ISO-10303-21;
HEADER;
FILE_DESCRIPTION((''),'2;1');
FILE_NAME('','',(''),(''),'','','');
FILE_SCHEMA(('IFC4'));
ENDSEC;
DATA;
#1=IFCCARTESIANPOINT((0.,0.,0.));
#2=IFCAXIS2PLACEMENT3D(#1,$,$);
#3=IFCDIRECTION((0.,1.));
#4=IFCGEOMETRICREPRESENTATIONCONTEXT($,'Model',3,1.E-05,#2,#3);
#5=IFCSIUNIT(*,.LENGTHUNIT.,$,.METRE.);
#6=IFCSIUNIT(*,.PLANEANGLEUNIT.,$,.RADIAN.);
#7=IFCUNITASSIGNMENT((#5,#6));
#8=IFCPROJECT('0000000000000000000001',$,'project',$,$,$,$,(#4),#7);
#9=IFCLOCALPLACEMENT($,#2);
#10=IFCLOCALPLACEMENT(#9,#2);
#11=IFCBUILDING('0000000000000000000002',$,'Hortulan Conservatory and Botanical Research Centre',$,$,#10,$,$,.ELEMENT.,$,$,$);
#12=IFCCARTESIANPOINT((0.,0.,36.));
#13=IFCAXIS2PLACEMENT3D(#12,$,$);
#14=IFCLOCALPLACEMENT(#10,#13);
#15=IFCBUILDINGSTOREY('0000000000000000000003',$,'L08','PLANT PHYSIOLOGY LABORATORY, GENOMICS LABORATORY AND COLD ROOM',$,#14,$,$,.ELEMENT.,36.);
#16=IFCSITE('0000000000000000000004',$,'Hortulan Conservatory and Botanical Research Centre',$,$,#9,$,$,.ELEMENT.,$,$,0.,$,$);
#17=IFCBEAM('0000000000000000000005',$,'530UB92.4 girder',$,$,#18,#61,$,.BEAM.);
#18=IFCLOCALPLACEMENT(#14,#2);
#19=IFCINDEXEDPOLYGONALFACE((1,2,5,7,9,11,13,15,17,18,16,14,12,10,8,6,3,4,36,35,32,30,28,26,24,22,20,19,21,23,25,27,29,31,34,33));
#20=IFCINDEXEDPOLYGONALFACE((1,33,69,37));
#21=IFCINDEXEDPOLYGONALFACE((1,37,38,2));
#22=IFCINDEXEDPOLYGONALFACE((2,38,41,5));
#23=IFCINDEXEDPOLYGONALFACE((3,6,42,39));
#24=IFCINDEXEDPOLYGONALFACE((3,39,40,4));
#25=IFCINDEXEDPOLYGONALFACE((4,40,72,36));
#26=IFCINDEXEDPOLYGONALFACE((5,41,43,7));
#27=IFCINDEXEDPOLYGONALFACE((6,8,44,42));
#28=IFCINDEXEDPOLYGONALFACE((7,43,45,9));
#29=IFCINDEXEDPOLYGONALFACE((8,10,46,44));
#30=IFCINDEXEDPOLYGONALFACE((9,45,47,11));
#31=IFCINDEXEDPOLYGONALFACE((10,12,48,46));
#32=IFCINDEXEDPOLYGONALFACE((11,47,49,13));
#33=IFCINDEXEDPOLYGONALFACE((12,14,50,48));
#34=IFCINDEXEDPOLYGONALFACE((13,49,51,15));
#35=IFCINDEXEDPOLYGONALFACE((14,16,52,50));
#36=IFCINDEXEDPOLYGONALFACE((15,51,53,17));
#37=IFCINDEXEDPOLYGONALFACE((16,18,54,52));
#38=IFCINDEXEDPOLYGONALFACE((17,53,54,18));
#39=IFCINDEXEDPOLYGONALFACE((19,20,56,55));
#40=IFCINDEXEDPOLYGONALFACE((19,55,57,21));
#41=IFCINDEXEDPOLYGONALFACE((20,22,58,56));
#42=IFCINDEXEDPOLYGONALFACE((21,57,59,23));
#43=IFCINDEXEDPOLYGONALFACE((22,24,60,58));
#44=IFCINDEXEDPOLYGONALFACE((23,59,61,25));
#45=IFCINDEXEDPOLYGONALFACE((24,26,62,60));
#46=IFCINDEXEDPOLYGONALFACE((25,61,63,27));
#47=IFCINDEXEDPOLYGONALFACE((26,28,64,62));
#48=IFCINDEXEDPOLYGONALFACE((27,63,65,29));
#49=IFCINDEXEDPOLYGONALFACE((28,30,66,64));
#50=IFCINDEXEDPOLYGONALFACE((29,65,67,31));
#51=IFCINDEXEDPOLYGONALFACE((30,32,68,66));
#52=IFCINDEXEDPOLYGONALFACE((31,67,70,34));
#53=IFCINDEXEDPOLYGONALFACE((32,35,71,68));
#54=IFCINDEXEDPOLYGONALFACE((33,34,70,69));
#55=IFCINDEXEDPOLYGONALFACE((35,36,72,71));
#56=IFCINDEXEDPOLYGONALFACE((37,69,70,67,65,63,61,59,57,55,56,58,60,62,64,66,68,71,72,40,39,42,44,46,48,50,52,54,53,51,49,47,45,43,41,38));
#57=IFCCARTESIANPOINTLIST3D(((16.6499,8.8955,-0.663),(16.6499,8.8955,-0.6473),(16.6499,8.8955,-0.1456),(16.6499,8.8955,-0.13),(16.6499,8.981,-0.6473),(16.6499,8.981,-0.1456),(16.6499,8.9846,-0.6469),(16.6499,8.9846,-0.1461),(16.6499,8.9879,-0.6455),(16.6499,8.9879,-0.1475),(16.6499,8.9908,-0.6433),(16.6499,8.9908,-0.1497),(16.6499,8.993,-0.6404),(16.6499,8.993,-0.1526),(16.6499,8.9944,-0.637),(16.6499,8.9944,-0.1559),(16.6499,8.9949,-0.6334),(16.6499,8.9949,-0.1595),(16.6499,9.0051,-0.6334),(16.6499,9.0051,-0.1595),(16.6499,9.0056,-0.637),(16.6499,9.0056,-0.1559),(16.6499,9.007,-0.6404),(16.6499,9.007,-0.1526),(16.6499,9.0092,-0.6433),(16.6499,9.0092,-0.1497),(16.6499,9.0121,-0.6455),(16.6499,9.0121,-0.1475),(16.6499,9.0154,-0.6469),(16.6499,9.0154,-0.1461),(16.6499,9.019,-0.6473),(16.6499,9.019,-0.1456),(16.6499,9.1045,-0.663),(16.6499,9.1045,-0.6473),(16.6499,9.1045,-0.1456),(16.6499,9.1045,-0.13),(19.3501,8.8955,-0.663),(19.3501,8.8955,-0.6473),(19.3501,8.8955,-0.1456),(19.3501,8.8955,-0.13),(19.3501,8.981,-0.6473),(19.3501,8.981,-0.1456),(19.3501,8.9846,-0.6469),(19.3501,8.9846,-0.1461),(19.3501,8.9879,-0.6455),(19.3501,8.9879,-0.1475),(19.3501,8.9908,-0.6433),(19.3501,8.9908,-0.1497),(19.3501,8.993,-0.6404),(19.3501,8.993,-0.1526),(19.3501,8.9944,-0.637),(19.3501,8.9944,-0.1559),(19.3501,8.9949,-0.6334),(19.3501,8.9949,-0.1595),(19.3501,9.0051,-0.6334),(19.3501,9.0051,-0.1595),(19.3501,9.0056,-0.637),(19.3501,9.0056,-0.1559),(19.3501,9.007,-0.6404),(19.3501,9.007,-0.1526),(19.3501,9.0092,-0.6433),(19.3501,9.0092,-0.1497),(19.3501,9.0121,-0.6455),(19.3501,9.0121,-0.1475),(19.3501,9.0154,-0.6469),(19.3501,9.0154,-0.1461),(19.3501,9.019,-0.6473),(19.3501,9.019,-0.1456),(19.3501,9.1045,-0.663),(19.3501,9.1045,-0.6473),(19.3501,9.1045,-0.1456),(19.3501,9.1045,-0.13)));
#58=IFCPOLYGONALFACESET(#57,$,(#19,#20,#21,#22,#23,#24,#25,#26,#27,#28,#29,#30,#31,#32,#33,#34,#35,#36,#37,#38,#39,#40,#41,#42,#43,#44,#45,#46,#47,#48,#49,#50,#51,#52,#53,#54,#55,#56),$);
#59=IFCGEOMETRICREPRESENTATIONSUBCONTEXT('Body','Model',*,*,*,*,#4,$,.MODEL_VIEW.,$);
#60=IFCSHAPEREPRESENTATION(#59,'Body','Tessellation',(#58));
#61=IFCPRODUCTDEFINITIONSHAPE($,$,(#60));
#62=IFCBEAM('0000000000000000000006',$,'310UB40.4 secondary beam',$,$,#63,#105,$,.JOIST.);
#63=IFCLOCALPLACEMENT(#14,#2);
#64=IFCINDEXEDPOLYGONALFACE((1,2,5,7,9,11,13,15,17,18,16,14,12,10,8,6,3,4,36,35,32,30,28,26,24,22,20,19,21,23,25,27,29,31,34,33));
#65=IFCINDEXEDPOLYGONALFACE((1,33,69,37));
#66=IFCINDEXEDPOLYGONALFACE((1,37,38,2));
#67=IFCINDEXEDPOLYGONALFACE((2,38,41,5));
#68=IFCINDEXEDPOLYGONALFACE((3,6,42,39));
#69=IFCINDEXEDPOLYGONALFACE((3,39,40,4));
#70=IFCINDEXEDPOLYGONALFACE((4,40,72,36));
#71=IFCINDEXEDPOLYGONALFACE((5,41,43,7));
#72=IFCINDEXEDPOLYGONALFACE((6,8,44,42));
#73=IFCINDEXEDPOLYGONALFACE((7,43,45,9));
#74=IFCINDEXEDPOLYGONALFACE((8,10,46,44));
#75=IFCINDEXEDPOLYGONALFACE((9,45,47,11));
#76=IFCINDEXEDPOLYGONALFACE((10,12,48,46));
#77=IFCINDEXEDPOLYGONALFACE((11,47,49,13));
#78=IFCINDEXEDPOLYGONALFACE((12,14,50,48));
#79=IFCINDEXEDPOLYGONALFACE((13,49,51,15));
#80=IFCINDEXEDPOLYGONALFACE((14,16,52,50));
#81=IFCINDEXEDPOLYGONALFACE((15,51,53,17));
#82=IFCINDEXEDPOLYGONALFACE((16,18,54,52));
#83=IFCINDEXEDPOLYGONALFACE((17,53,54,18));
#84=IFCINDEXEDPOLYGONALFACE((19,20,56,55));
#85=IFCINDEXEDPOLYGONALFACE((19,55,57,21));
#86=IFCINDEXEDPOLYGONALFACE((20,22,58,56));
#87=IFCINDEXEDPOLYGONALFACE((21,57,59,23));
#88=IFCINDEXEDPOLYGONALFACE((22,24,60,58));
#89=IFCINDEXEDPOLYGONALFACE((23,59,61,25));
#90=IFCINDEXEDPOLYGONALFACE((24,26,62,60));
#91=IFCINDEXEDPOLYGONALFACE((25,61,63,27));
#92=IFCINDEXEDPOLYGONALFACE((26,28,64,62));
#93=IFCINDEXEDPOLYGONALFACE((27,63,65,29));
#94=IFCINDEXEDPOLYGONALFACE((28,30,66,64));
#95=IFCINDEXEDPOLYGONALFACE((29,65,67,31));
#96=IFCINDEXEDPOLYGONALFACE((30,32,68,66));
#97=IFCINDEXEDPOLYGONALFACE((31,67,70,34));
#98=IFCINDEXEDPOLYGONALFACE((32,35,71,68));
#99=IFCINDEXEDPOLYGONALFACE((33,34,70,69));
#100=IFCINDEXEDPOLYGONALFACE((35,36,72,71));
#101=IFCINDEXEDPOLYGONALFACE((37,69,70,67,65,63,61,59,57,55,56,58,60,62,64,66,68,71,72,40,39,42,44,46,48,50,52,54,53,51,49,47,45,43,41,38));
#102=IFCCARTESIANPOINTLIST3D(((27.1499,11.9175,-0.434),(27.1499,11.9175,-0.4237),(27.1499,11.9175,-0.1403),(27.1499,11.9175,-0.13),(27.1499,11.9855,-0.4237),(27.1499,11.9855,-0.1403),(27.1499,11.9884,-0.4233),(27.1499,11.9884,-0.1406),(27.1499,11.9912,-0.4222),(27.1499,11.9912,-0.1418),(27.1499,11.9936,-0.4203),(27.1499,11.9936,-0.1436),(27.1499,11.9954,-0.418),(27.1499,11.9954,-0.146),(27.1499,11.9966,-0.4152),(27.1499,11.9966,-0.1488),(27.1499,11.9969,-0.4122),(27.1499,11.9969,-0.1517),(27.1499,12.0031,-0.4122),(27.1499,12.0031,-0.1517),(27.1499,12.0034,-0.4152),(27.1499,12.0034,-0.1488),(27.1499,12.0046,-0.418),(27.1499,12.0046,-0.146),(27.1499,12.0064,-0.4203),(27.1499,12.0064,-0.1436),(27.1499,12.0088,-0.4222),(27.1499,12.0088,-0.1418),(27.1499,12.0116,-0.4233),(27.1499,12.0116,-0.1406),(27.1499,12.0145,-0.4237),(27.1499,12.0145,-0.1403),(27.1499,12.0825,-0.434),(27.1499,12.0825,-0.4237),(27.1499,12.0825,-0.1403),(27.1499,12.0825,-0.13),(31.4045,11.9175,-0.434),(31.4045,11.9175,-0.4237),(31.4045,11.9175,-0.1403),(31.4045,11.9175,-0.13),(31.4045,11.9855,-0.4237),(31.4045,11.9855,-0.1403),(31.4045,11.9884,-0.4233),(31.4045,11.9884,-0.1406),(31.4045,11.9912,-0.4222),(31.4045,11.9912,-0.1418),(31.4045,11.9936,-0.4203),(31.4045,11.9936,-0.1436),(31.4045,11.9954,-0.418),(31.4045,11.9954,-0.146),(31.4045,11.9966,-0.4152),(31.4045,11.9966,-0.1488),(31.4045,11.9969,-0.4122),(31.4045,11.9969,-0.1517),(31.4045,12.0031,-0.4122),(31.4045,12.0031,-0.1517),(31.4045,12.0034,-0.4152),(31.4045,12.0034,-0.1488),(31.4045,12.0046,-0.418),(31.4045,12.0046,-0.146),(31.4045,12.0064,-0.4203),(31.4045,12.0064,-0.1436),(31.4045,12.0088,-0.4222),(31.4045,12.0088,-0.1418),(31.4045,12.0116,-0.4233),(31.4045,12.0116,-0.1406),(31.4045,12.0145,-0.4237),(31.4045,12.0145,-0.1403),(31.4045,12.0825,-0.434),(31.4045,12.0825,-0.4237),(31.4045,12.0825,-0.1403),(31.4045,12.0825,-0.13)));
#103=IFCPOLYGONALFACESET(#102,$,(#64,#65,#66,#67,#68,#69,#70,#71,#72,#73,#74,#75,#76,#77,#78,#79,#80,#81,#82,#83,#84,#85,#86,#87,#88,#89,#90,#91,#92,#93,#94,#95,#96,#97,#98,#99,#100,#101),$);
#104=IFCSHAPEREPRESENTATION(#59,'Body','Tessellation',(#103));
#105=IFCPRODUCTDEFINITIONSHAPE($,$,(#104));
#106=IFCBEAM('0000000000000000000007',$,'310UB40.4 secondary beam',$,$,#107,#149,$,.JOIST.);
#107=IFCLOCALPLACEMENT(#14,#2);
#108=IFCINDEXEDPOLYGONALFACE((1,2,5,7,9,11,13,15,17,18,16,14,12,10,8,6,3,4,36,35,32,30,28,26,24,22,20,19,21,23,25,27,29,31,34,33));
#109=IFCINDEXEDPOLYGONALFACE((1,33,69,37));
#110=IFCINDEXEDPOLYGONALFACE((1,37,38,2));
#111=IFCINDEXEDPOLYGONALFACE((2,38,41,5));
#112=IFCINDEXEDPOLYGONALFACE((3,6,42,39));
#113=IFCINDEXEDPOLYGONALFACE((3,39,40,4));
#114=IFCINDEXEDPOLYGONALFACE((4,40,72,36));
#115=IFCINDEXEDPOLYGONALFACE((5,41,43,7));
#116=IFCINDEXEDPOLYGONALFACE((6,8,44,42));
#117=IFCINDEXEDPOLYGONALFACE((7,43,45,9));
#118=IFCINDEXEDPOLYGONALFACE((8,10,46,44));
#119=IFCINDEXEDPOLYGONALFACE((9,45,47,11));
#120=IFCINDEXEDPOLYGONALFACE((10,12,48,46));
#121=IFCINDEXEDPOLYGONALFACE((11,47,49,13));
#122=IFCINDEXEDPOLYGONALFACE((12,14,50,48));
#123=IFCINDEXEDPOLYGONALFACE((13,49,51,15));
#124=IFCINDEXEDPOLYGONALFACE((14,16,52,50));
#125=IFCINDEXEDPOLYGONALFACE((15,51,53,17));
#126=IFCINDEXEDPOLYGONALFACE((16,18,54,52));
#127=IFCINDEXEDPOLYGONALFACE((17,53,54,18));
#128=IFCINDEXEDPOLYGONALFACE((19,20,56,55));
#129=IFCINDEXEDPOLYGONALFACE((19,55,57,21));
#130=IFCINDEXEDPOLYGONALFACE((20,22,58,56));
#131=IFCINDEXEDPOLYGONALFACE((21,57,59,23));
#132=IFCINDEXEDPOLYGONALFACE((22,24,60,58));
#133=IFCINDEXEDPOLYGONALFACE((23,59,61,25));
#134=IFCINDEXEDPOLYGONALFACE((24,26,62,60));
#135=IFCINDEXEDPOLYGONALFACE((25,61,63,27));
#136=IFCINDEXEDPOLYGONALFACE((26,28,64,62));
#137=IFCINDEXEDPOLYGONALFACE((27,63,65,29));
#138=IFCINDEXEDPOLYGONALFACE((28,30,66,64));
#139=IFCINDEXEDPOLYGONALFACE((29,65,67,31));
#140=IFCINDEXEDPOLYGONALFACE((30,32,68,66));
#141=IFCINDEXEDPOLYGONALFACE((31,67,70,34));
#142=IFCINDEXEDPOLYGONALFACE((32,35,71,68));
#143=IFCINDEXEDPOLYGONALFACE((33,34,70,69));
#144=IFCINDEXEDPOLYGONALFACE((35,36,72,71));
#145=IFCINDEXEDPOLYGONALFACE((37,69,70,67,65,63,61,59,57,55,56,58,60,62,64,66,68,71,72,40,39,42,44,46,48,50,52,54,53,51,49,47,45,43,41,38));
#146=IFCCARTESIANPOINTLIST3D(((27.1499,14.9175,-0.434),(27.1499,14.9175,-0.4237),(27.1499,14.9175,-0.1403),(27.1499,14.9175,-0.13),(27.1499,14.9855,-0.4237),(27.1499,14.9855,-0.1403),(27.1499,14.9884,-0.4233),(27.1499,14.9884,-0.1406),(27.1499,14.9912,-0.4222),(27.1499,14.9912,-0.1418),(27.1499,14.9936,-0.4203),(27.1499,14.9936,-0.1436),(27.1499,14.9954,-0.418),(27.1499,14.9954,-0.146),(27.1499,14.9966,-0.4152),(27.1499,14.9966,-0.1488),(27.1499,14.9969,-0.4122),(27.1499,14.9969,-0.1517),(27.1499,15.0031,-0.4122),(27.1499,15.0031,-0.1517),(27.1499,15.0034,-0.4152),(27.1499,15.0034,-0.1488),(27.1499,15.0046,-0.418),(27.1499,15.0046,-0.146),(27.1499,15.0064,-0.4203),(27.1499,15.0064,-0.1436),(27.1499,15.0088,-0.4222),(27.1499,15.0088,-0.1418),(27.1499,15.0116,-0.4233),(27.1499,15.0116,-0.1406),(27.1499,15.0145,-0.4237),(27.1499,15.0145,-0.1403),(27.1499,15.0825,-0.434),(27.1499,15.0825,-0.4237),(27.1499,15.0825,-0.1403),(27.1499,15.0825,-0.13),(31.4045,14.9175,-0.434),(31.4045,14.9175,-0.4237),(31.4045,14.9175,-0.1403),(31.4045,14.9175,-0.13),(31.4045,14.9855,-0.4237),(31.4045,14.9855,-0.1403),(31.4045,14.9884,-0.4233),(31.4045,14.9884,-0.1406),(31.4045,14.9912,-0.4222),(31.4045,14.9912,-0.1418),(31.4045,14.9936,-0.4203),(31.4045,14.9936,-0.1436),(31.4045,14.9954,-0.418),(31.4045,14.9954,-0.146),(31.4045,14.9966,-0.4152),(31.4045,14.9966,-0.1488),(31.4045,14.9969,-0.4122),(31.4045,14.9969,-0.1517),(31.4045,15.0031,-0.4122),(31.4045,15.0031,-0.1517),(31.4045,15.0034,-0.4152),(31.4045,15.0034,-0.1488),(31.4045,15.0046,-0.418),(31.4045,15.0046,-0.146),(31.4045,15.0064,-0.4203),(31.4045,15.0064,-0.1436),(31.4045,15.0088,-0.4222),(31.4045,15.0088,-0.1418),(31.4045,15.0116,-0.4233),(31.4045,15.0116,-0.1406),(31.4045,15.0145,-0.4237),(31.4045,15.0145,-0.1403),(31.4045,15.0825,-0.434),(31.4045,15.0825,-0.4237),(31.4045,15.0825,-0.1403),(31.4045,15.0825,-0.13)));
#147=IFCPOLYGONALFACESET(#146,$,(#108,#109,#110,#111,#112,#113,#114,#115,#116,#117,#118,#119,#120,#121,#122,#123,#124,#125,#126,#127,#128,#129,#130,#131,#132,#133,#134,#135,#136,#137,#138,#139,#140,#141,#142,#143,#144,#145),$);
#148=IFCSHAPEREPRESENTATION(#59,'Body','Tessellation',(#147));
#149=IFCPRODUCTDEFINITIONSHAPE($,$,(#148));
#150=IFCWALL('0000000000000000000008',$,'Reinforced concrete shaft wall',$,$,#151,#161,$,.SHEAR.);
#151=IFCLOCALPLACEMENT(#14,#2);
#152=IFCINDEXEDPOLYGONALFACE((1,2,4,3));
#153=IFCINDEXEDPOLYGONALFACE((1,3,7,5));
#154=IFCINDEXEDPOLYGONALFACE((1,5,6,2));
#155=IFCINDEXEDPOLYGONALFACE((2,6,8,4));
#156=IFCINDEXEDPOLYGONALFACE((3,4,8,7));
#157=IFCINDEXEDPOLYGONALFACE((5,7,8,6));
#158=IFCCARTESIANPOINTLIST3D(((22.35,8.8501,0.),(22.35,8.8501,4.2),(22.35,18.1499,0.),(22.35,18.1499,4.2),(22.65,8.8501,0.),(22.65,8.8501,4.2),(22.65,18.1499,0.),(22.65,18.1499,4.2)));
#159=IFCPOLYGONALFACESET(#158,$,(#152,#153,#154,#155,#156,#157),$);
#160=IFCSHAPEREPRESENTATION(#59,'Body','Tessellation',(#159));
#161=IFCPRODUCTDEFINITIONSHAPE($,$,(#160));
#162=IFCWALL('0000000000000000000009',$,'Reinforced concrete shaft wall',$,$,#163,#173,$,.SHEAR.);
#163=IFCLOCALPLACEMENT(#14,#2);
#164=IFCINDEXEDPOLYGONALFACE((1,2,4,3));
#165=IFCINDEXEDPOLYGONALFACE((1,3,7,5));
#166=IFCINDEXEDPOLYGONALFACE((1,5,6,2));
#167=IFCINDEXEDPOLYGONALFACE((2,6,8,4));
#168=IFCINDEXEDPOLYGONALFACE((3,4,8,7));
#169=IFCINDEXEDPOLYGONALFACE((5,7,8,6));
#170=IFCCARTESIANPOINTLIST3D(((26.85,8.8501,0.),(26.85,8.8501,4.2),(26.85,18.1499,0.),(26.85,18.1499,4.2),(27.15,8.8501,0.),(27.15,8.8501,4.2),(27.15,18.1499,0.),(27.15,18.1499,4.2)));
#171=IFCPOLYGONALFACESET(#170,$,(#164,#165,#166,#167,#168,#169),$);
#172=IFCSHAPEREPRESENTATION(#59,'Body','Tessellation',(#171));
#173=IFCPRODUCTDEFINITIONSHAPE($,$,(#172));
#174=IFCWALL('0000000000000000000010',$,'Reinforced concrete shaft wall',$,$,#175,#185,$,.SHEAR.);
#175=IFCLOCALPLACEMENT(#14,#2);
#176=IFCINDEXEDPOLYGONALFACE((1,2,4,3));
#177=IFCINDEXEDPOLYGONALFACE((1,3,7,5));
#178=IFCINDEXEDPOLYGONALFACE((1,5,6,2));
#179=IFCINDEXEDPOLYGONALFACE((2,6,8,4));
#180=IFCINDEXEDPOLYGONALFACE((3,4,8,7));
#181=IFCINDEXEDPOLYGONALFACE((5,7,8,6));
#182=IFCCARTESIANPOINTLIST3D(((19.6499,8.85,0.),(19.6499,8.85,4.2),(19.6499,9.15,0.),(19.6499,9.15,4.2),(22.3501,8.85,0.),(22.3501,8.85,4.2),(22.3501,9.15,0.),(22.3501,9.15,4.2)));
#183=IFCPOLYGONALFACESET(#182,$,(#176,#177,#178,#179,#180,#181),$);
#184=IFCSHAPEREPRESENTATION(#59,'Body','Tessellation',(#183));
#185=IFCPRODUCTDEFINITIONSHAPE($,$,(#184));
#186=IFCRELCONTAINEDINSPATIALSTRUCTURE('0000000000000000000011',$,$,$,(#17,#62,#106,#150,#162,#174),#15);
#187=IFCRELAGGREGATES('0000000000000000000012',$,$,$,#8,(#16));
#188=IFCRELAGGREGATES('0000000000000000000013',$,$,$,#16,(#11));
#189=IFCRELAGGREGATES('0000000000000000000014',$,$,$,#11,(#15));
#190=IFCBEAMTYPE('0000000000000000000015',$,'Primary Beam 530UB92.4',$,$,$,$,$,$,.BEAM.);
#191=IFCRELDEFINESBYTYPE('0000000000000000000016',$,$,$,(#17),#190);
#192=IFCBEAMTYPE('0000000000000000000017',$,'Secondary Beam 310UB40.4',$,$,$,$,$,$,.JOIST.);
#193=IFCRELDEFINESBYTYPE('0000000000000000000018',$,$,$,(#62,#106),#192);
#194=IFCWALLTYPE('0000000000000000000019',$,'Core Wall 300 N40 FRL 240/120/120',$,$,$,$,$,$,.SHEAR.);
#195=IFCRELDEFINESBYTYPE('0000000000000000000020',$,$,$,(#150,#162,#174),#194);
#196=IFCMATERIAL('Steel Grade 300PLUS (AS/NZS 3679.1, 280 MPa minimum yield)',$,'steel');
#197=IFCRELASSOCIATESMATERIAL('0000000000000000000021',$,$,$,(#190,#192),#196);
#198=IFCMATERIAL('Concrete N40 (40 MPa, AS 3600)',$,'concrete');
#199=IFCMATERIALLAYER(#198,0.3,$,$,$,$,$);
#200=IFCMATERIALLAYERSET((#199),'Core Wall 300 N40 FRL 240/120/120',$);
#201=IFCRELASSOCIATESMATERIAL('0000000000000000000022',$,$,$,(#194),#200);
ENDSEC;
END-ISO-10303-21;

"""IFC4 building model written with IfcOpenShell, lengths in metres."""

from ifc_helpers import new_model, si_unit, direction, frame, frame_2d, origin, origin_2d, place, context, subcontext, project, spatial, rectangle, i_section, extrude, material, layer, layer_set, material_profile, profile_set, type_object, element, save


model = new_model("IFC4")

# Units and contexts
model_context = context("Model", 3, precision=1e-05, world=origin(), true_north=direction((0.0, 1.0)))
body_context = subcontext(model_context, "Body", "Model", "MODEL_VIEW")
ifc_project = project(units=[si_unit("LENGTHUNIT", "METRE"), si_unit("PLANEANGLEUNIT", "RADIAN")], contexts=[model_context])

# Site, building, storey
site_placement = place(None, origin())
site = spatial("IfcSite", under=ifc_project, at=site_placement, Name="Hortulan Conservatory and Botanical Research Centre", CompositionType="ELEMENT", RefElevation=0.0)
building_placement = place(site_placement, origin())
building = spatial("IfcBuilding", under=site, at=building_placement, Name="Hortulan Conservatory and Botanical Research Centre", CompositionType="ELEMENT")
storey_placement = place(building_placement, frame((0.0, 0.0, 36.0)))
storey = spatial("IfcBuildingStorey", under=building, at=storey_placement, Name="L08", Description="PLANT PHYSIOLOGY LABORATORY, GENOMICS LABORATORY AND COLD ROOM", CompositionType="ELEMENT", Elevation=36.0)

# Shared definitions
ifc_material_1 = material(Name="Steel Grade 300PLUS (AS/NZS 3679.1, 280 MPa minimum yield)", Category="steel")

# Beams
ifc_material_profile_1 = material_profile(ifc_material_1, i_section(OverallWidth=0.209, OverallDepth=0.533, WebThickness=0.0103, FlangeThickness=0.0156, FilletRadius=0.0139, at=origin_2d()), Name="530UB92.4")
ifc_profile_set_1 = profile_set([ifc_material_profile_1], Name="Steel Grade 300PLUS (AS/NZS 3679.1, 280 MPa minimum yield)")
beam_type_1 = type_object("IfcBeamType", Name="Primary Beam 530UB92.4", PredefinedType="BEAM", material=ifc_profile_set_1)
beam_1_placement = place(storey_placement, frame((16.6499, 9.0, -0.3965), z_axis=(1.0, 0.0, 0.0), x_axis=(0.0, 1.0, 0.0)))
element("IfcBeam", 1, at=beam_1_placement, inside=storey, type_object=beam_type_1, Name="530UB92.4 girder", PredefinedType="BEAM", context=body_context, shape_type="SweptSolid", body=[
    extrude(i_section(OverallWidth=0.209, OverallDepth=0.533, WebThickness=0.0103, FlangeThickness=0.0156, FilletRadius=0.0139, at=origin_2d()), origin(), (0.0, 0.0, 1.0), 2.7002),
])
ifc_material_profile_2 = material_profile(ifc_material_1, i_section(OverallWidth=0.165, OverallDepth=0.304, WebThickness=0.0061, FlangeThickness=0.0103, FilletRadius=0.0115, at=origin_2d()), Name="310UB40.4")
ifc_profile_set_2 = profile_set([ifc_material_profile_2], Name="Steel Grade 300PLUS (AS/NZS 3679.1, 280 MPa minimum yield)")
beam_type_2 = type_object("IfcBeamType", Name="Secondary Beam 310UB40.4", PredefinedType="JOIST", material=ifc_profile_set_2)
for number, where, z_axis, x_axis, name in (
    (2, (27.1499, 12.0, -0.282), (1.0, 0.0, 0.0), (0.0, 1.0, 0.0), "310UB40.4 secondary beam"),
    (3, (27.1499, 15.0, -0.282), (1.0, 0.0, 0.0), (0.0, 1.0, 0.0), "310UB40.4 secondary beam"),
):
    element("IfcBeam", number, at=place(storey_placement, frame(where, z_axis=z_axis, x_axis=x_axis)), inside=storey, type_object=beam_type_2, Name=name, PredefinedType="JOIST", context=body_context, shape_type="SweptSolid", body=[
        extrude(i_section(OverallWidth=0.165, OverallDepth=0.304, WebThickness=0.0061, FlangeThickness=0.0103, FilletRadius=0.0115, at=origin_2d()), origin(), (0.0, 0.0, 1.0), 4.2546),
    ])

# Walls
ifc_material_2 = material(Name="Concrete N40 (40 MPa, AS 3600)", Category="concrete")
ifc_layer_1 = layer(ifc_material_2, 0.3)
ifc_layer_set_1 = layer_set([ifc_layer_1], Name="Core Wall 300 N40 FRL 240/120/120")
wall_type_1 = type_object("IfcWallType", Name="Core Wall 300 N40 FRL 240/120/120", PredefinedType="SHEAR", material=ifc_layer_set_1)
for number, where, z_axis, x_axis, name in (
    (4, (22.5, 8.8501, 0.0), (0.0, 0.0, 1.0), (0.0, 1.0, 0.0), "Reinforced concrete shaft wall"),
    (5, (27.0, 8.8501, 0.0), (0.0, 0.0, 1.0), (0.0, 1.0, 0.0), "Reinforced concrete shaft wall"),
):
    element("IfcWall", number, at=place(storey_placement, frame(where, z_axis=z_axis, x_axis=x_axis)), inside=storey, type_object=wall_type_1, Name=name, PredefinedType="SHEAR", context=body_context, shape_type="SweptSolid", body=[
        extrude(rectangle(XDim=9.2998, YDim=0.3, at=frame_2d((4.6499, 0.0))), origin(), (0.0, 0.0, 1.0), 4.2),
    ])
wall_1_placement = place(storey_placement, frame((19.6499, 9.0, 0.0), z_axis=(0.0, 0.0, 1.0), x_axis=(1.0, 0.0, 0.0)))
element("IfcWall", 6, at=wall_1_placement, inside=storey, type_object=wall_type_1, Name="Reinforced concrete shaft wall", PredefinedType="SHEAR", context=body_context, shape_type="SweptSolid", body=[
    extrude(rectangle(XDim=2.7002, YDim=0.3, at=frame_2d((1.3501, 0.0))), origin(), (0.0, 0.0, 1.0), 4.2),
])

save(model, "model.ifc")
